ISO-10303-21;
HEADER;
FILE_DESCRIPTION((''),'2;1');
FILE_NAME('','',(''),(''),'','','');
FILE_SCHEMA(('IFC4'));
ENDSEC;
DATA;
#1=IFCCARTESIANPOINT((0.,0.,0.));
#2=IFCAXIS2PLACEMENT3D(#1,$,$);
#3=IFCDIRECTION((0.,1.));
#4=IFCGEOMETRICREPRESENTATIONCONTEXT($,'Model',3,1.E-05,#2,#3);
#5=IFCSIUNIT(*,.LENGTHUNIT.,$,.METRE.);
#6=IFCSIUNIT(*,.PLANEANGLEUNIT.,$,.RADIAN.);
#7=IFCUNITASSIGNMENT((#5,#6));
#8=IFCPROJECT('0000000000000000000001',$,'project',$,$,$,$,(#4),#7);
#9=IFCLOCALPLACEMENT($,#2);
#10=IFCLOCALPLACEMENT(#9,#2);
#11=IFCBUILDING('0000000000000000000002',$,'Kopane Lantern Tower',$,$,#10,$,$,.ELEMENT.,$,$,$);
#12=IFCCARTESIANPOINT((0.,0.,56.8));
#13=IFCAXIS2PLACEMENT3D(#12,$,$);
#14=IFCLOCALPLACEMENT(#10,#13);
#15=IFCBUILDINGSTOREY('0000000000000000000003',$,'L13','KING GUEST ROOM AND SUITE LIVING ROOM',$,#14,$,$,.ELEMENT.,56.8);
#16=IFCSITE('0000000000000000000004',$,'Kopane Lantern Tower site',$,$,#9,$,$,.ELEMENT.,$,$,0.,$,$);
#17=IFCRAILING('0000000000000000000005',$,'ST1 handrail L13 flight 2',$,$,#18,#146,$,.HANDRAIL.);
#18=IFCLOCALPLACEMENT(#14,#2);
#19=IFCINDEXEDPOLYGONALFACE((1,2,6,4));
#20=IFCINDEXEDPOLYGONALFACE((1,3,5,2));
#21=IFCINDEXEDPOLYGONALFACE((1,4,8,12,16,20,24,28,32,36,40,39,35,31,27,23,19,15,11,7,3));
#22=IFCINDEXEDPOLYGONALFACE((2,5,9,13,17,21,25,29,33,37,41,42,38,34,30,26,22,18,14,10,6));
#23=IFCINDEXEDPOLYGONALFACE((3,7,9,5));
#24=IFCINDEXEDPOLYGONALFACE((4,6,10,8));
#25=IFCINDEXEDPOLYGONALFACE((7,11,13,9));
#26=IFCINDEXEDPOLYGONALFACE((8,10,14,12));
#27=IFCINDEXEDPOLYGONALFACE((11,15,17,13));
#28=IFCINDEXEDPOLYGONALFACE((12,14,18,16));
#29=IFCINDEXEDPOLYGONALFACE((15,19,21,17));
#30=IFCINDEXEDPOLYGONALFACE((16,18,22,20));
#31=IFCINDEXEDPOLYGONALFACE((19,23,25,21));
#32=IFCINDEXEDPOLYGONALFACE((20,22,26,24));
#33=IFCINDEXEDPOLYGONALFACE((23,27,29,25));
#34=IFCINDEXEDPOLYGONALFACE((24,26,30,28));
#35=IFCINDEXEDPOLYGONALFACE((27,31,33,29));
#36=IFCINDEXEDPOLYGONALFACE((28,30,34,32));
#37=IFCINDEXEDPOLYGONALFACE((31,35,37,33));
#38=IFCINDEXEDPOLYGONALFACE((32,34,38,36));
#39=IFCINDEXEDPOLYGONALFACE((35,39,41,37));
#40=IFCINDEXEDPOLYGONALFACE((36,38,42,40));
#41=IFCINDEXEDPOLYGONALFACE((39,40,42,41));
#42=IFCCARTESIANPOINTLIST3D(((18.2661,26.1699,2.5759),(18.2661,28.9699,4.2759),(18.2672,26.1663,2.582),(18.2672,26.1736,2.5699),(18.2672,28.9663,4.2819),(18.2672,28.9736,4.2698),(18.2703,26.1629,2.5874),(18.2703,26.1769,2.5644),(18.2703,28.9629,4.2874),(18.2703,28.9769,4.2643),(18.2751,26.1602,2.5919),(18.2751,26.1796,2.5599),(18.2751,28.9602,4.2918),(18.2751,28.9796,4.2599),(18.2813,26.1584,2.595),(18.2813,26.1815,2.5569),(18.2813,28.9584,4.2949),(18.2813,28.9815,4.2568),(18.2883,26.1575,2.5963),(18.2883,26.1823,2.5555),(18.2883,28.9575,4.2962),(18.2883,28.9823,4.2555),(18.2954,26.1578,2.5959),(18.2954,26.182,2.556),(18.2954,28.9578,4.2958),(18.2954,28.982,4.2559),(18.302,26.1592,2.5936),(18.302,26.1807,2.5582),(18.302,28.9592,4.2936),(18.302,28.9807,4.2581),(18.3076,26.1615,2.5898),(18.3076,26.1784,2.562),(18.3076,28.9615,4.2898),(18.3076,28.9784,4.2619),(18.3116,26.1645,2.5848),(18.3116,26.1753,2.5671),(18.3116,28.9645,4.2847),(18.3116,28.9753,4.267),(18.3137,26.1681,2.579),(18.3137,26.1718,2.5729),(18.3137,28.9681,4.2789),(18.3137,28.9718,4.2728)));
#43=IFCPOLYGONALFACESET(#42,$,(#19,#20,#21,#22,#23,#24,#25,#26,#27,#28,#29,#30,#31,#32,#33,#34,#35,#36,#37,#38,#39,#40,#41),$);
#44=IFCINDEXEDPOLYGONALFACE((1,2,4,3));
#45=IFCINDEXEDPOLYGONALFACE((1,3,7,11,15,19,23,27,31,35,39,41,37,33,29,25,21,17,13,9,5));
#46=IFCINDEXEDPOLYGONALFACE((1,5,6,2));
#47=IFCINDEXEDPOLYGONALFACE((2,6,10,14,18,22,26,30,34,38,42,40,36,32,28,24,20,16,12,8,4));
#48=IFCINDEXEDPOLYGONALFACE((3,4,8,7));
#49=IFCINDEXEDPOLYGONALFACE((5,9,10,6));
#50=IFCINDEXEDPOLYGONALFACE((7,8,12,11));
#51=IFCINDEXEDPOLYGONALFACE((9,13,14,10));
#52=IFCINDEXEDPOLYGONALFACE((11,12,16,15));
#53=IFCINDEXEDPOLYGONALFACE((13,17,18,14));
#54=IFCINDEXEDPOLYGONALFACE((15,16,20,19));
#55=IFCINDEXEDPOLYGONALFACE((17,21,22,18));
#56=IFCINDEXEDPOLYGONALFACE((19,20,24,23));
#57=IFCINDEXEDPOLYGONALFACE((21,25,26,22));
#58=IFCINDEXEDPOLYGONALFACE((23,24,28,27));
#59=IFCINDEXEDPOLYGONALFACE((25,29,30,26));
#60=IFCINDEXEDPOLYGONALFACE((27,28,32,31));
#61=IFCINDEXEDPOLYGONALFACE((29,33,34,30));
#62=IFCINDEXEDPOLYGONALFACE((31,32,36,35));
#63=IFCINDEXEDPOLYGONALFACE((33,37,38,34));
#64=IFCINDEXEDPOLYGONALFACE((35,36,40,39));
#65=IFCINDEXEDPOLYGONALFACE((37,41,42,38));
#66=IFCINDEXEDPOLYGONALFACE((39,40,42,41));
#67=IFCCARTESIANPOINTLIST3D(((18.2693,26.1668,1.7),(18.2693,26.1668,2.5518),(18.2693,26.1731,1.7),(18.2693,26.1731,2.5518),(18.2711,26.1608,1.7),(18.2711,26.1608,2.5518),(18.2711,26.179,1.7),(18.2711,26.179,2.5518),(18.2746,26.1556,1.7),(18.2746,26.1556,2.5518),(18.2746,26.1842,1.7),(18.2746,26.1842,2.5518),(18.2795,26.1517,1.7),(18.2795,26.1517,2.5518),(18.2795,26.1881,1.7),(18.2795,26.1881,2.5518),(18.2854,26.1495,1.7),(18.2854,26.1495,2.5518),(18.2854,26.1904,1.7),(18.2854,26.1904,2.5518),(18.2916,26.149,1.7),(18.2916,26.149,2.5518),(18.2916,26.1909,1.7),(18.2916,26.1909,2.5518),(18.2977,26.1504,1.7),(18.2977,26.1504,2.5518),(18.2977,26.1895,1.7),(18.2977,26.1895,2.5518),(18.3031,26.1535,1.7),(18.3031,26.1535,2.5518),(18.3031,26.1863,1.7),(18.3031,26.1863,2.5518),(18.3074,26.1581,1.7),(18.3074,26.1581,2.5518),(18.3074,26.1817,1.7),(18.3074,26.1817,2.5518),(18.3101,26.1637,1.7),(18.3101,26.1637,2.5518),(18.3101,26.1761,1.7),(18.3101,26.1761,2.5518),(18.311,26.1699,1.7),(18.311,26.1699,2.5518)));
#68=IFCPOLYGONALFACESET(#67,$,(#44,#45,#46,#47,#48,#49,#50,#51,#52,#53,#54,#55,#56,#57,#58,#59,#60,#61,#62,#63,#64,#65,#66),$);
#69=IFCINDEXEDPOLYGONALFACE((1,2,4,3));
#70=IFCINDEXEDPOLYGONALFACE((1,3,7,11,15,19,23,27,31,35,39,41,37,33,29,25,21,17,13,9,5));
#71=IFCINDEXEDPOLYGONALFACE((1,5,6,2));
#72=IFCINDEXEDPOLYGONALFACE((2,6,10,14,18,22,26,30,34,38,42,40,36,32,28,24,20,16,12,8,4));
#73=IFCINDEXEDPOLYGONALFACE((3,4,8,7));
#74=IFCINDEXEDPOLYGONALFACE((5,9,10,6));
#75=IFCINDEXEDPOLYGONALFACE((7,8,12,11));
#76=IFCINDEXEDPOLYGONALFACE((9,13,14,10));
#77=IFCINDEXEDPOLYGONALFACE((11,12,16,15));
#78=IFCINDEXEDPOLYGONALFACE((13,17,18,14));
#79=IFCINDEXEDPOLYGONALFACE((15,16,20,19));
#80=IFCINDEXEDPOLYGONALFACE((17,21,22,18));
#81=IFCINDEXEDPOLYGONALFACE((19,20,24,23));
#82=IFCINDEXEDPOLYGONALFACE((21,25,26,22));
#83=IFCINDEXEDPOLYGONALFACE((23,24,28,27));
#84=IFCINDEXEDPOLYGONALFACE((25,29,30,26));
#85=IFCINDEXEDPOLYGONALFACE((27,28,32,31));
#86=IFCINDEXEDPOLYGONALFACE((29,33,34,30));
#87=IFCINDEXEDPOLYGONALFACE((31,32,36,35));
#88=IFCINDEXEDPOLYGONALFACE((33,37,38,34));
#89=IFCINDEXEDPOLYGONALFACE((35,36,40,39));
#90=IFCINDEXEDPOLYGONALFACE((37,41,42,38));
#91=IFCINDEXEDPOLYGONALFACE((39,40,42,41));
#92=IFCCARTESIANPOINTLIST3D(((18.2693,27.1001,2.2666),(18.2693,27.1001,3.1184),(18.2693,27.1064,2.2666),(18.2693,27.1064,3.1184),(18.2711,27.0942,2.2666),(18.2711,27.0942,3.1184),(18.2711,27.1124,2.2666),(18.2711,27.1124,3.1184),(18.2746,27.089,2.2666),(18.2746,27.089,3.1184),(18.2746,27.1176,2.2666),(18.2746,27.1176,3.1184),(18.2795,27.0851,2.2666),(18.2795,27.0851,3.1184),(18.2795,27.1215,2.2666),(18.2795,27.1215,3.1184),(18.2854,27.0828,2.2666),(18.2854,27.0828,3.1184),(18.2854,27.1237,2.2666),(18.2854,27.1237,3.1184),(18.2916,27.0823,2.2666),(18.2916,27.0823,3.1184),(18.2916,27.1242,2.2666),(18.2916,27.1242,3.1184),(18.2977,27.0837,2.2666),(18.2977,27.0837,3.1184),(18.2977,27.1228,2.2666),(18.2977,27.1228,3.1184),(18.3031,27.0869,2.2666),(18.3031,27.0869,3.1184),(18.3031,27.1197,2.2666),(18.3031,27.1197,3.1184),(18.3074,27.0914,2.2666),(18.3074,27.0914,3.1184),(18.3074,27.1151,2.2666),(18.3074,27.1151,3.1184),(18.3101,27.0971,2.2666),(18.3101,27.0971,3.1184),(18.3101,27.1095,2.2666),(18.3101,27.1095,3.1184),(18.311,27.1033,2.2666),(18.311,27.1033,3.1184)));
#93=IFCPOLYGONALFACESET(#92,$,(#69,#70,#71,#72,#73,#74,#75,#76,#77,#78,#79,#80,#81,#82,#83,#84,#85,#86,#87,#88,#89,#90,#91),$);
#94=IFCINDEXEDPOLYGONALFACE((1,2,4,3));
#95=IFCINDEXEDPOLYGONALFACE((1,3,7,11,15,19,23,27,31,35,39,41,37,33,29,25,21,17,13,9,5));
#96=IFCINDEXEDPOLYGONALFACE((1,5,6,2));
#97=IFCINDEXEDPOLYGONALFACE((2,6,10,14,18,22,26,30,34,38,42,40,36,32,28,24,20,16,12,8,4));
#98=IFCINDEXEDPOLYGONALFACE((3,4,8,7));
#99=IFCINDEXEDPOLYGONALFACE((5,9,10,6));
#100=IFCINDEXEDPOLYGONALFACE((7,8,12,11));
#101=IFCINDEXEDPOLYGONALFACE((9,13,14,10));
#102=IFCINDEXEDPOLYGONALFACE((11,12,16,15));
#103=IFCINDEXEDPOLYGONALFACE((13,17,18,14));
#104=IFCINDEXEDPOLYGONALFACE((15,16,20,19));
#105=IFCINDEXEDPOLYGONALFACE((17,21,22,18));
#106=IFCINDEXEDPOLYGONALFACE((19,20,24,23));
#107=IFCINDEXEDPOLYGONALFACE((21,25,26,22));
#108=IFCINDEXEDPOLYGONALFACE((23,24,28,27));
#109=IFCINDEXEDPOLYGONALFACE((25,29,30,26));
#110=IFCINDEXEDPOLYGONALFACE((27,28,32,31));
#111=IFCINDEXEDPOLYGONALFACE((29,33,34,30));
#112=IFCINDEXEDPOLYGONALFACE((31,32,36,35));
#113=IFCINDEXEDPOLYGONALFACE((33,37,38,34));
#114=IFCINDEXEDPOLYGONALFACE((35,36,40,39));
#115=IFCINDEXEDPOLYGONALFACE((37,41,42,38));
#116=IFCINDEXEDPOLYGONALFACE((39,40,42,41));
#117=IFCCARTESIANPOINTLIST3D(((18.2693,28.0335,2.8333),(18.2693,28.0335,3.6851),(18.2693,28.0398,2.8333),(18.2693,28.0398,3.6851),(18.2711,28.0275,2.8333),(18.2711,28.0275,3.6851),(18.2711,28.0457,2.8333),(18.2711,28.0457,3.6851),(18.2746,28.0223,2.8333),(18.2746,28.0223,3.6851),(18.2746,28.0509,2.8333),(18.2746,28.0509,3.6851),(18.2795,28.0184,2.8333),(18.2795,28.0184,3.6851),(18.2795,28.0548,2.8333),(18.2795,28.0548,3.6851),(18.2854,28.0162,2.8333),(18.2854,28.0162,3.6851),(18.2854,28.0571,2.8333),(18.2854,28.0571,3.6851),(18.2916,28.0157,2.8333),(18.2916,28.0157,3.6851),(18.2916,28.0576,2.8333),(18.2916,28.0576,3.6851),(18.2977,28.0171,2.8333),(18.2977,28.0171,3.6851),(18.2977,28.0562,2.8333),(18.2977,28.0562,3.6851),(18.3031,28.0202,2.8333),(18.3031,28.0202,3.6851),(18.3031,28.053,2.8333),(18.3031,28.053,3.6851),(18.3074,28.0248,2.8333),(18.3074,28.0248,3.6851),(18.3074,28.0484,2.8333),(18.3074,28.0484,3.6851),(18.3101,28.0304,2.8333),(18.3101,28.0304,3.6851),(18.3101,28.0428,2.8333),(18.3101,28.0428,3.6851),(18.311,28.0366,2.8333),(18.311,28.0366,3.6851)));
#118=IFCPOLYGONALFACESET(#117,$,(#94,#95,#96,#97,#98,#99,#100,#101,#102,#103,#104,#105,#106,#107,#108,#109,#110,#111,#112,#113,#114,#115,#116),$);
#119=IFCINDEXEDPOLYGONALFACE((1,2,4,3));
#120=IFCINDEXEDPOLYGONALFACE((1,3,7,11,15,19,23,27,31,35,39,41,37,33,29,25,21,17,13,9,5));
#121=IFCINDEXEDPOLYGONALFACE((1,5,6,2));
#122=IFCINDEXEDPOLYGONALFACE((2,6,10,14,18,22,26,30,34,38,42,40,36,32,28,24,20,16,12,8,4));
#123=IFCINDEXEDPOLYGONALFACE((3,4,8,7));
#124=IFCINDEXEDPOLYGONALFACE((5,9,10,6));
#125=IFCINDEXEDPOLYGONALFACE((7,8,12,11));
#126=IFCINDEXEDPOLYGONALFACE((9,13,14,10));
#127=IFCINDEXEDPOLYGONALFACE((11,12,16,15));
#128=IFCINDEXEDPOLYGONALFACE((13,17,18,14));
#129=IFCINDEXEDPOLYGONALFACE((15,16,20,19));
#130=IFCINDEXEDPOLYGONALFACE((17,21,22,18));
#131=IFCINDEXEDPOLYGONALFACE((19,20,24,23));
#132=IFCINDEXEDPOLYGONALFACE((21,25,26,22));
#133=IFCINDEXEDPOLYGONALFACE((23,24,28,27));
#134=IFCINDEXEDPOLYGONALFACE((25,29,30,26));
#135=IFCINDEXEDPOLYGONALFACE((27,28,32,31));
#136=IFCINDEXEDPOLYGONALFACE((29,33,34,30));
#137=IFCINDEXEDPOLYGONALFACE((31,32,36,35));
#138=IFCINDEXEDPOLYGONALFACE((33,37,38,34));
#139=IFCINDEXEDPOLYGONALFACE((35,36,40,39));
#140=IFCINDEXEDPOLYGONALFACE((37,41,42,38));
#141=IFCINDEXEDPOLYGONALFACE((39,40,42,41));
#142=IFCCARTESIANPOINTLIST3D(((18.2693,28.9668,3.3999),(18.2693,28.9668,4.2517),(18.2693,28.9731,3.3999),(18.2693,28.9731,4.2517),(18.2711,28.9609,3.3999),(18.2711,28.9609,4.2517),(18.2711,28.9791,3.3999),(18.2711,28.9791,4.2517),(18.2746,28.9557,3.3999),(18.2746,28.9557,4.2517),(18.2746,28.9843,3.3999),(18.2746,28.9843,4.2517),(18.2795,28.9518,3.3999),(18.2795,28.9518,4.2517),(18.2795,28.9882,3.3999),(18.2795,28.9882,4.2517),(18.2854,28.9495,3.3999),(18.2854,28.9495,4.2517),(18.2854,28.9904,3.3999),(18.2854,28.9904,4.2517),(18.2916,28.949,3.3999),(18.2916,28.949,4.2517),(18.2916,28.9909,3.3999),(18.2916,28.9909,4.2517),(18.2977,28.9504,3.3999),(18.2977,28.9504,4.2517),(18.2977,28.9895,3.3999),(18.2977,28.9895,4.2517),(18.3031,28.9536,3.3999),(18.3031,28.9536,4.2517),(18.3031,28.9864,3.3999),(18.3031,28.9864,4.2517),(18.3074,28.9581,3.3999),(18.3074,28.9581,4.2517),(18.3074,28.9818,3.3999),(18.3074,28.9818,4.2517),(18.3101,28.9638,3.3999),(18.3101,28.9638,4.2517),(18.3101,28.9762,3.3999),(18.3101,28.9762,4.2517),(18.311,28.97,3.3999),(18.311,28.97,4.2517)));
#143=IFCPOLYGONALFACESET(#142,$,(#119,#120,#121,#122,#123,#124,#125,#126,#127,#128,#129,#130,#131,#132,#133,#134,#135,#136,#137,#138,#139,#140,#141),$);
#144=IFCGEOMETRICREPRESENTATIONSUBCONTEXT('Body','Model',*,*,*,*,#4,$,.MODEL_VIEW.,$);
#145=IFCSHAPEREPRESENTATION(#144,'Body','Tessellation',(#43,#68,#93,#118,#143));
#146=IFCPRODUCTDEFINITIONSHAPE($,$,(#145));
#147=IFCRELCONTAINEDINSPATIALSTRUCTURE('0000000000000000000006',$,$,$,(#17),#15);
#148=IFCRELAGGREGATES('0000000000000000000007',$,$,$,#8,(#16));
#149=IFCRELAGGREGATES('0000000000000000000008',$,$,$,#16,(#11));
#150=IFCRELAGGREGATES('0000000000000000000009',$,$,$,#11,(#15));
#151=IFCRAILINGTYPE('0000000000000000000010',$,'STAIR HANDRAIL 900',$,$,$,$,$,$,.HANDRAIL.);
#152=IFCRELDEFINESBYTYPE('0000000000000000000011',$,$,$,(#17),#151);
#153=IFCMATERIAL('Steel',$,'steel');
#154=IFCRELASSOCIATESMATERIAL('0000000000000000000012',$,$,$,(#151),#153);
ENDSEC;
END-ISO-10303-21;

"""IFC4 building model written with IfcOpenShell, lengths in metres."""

from ifc_helpers import new_model, si_unit, direction, frame, origin, origin_2d, place, context, subcontext, project, spatial, circle, extrude, material, type_object, element, save


model = new_model("IFC4")

# Units and contexts
model_context = context("Model", 3, precision=1e-05, world=origin(), true_north=direction((0.0, 1.0)))
body_context = subcontext(model_context, "Body", "Model", "MODEL_VIEW")
ifc_project = project(units=[si_unit("LENGTHUNIT", "METRE"), si_unit("PLANEANGLEUNIT", "RADIAN")], contexts=[model_context])

# Site, building, storey
site_placement = place(None, origin())
site = spatial("IfcSite", under=ifc_project, at=site_placement, Name="Kopane Lantern Tower site", CompositionType="ELEMENT", RefElevation=0.0)
building_placement = place(site_placement, origin())
building = spatial("IfcBuilding", under=site, at=building_placement, Name="Kopane Lantern Tower", CompositionType="ELEMENT")
storey_placement = place(building_placement, frame((0.0, 0.0, 56.8)))
storey = spatial("IfcBuildingStorey", under=building, at=storey_placement, Name="L13", Description="KING GUEST ROOM AND SUITE LIVING ROOM", CompositionType="ELEMENT", Elevation=56.8)

# Railing
ifc_material_1 = material(Name="Steel", Category="steel")
railing_type_1 = type_object("IfcRailingType", Name="STAIR HANDRAIL 900", PredefinedType="HANDRAIL", material=ifc_material_1)
for number, where, name in (
    (1, (18.29, 26.1699, 1.7), "ST1 handrail L13 flight 2"),
):
    element("IfcRailing", number, at=place(storey_placement, frame(where)), inside=storey, type_object=railing_type_1, Name=name, PredefinedType="HANDRAIL", context=body_context, shape_type="SweptSolid", body=[
        extrude(circle(Radius=0.0239, at=origin_2d()), frame((0.0, 0.0, 0.876), z_axis=(0.0, 0.854798, 0.518961), x_axis=(-1.0, 0.0, 0.0)), (0.0, 0.0, 1.0), 3.2756),
        extrude(circle(Radius=0.021, at=origin_2d()), origin(), (0.0, 0.0, 1.0), 0.8518),
        extrude(circle(Radius=0.021, at=origin_2d()), frame((0.0, 0.9333, 0.5667)), (0.0, 0.0, 1.0), 0.8518),
        extrude(circle(Radius=0.021, at=origin_2d()), frame((0.0, 1.8667, 1.1333)), (0.0, 0.0, 1.0), 0.8518),
        extrude(circle(Radius=0.021, at=origin_2d()), frame((0.0, 2.8, 1.7)), (0.0, 0.0, 1.0), 0.8518),
    ])

save(model, "model.ifc")
